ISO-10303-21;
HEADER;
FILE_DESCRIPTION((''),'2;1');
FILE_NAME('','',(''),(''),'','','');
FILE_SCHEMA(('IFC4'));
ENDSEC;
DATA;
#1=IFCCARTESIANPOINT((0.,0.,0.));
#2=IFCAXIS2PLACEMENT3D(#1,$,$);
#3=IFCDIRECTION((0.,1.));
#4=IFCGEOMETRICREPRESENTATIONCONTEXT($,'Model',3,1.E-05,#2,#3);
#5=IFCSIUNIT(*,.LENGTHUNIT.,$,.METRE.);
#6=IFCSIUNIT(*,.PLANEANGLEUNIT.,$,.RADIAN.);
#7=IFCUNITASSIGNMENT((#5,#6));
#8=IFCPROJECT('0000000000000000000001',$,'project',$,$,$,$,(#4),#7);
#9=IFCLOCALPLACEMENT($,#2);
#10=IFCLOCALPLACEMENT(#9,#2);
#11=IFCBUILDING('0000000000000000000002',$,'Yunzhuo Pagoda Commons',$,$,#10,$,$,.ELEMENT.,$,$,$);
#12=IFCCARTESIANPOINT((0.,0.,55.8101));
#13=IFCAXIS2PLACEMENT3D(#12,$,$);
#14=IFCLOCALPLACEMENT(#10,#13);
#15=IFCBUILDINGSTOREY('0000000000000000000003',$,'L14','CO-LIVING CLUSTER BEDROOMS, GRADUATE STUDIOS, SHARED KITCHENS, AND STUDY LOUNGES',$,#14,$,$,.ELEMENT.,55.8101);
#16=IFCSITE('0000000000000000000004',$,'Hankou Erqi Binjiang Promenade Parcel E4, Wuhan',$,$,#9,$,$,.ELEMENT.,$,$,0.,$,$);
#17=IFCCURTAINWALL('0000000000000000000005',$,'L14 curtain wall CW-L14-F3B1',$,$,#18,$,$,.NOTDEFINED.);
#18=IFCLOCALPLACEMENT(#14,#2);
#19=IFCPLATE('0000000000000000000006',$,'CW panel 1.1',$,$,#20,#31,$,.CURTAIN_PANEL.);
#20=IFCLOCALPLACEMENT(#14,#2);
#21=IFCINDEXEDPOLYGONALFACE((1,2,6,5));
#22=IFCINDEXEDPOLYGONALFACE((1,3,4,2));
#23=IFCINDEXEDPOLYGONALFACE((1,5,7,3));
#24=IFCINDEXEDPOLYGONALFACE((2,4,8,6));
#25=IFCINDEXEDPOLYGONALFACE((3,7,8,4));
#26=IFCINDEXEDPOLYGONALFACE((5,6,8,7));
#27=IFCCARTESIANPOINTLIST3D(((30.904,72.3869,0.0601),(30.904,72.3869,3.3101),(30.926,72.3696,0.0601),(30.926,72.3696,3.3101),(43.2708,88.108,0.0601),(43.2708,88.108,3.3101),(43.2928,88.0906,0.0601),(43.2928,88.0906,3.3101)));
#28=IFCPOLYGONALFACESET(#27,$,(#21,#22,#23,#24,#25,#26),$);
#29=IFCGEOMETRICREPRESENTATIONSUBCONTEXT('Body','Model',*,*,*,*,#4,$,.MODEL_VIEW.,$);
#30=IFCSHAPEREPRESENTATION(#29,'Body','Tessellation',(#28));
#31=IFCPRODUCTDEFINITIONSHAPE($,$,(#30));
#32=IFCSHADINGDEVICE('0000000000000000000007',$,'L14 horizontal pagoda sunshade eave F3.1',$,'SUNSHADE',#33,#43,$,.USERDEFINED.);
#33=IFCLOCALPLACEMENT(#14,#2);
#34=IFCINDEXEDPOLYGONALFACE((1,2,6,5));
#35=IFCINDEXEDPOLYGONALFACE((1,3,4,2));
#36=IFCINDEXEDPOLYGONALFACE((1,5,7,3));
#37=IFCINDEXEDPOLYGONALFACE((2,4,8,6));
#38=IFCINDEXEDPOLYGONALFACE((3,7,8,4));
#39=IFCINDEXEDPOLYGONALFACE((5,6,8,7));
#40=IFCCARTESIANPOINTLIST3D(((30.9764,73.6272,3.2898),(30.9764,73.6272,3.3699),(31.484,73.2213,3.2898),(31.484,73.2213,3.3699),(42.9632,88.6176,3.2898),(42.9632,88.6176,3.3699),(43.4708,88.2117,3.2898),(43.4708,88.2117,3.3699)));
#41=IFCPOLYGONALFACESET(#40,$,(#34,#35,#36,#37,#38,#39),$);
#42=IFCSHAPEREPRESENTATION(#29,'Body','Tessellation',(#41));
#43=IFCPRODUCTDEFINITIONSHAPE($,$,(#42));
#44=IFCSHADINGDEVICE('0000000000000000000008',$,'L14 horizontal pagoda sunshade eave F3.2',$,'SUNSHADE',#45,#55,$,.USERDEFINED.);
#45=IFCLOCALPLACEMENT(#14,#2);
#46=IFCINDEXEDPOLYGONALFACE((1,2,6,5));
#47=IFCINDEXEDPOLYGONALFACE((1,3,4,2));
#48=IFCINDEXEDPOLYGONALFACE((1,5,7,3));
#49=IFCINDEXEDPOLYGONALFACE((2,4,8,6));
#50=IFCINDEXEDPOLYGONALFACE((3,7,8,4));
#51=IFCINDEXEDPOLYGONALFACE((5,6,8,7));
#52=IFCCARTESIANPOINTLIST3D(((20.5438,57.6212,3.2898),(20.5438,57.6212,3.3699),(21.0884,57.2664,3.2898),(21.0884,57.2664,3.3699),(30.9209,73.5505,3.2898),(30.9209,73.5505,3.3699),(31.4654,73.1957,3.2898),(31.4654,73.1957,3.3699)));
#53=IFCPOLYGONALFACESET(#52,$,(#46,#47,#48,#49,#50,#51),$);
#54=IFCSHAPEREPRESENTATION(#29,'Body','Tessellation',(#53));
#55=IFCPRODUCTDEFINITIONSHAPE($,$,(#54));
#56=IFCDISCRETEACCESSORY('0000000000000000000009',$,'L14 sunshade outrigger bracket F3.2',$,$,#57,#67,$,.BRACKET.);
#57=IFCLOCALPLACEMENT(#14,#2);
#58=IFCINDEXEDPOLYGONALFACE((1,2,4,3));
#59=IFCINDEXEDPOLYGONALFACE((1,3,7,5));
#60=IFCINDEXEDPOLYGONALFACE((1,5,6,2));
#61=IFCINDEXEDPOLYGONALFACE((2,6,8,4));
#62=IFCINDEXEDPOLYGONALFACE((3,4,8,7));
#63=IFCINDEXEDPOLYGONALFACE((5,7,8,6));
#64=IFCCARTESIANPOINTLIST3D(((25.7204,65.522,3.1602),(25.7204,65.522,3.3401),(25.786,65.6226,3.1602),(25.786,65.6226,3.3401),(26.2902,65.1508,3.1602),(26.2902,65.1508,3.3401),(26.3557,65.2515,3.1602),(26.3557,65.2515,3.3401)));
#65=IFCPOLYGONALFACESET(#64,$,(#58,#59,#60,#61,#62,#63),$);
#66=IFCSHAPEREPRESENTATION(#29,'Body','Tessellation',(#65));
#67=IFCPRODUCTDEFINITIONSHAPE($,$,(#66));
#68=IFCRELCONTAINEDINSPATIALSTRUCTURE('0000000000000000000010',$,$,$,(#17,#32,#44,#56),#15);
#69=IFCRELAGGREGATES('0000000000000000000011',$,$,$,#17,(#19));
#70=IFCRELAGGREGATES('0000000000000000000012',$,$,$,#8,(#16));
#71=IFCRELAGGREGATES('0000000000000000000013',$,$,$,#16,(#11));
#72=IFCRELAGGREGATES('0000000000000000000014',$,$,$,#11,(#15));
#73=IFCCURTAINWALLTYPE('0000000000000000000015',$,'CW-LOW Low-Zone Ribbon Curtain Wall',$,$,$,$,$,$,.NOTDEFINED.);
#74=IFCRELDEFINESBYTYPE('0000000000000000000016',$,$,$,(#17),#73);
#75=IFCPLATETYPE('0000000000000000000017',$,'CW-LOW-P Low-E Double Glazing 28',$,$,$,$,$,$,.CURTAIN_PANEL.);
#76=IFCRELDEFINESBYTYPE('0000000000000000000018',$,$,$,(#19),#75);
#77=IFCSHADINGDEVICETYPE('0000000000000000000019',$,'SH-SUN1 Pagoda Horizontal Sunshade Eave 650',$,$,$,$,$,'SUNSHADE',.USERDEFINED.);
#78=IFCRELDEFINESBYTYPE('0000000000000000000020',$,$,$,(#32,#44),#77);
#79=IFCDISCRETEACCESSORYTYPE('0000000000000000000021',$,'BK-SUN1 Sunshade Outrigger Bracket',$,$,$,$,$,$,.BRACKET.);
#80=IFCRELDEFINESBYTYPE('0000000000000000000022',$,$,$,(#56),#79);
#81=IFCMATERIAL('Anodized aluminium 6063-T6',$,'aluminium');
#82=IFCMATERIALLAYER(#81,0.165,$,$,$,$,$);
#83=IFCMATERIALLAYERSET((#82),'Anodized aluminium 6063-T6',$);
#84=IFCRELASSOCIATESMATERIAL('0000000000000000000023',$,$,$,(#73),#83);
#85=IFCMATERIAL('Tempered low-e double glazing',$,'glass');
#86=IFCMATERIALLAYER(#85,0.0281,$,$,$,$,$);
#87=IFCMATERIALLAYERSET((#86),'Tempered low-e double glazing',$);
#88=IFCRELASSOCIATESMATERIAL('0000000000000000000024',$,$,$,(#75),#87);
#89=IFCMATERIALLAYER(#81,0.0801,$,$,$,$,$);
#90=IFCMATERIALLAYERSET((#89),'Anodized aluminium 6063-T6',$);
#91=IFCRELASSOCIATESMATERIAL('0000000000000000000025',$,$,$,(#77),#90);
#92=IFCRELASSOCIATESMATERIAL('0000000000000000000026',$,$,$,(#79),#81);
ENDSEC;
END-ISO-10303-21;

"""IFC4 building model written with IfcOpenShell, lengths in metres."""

from ifc_helpers import new_model, si_unit, direction, frame, origin, origin_2d, place, context, subcontext, project, spatial, rectangle, extrude, source, transform, mapped, material, layer, layer_set, type_object, element, aggregate, save


model = new_model("IFC4")

# Units and contexts
model_context = context("Model", 3, precision=1e-05, world=origin(), true_north=direction((0.0, 1.0)))
body_context = subcontext(model_context, "Body", "Model", "MODEL_VIEW")
ifc_project = project(units=[si_unit("LENGTHUNIT", "METRE"), si_unit("PLANEANGLEUNIT", "RADIAN")], contexts=[model_context])

# Site, building, storey
site_placement = place(None, origin())
site = spatial("IfcSite", under=ifc_project, at=site_placement, Name="Hankou Erqi Binjiang Promenade Parcel E4, Wuhan", CompositionType="ELEMENT", RefElevation=0.0)
building_placement = place(site_placement, origin())
building = spatial("IfcBuilding", under=site, at=building_placement, Name="Yunzhuo Pagoda Commons", CompositionType="ELEMENT")
storey_placement = place(building_placement, frame((0.0, 0.0, 55.8101)))
storey = spatial("IfcBuildingStorey", under=building, at=storey_placement, Name="L14", Description="CO-LIVING CLUSTER BEDROOMS, GRADUATE STUDIOS, SHARED KITCHENS, AND STUDY LOUNGES", CompositionType="ELEMENT", Elevation=55.8101)

# Shared definitions
ifc_material_1 = material(Name="Anodized aluminium 6063-T6", Category="aluminium")
ifc_layer_1 = layer(ifc_material_1, 0.165)
ifc_layer_set_1 = layer_set([ifc_layer_1], Name="Anodized aluminium 6063-T6")
curtain_wall_type = type_object("IfcCurtainWallType", Name="CW-LOW Low-Zone Ribbon Curtain Wall", PredefinedType="NOTDEFINED", material=ifc_layer_set_1)

# Curtain wall
curtain_wall_1_placement = place(storey_placement, origin())
curtain_wall_1 = element("IfcCurtainWall", 1, at=curtain_wall_1_placement, inside=storey, type_object=curtain_wall_type, Name="L14 curtain wall CW-L14-F3B1", PredefinedType="NOTDEFINED")

# Shared definitions
ifc_material_2 = material(Name="Tempered low-e double glazing", Category="glass")
ifc_layer_2 = layer(ifc_material_2, 0.0281)
ifc_layer_set_2 = layer_set([ifc_layer_2], Name="Tempered low-e double glazing")
plate_type_1 = type_object("IfcPlateType", Name="CW-LOW-P Low-E Double Glazing 28", PredefinedType="CURTAIN_PANEL", material=ifc_layer_set_2)

# Plate
shared_shape_1 = source(origin(), body_context, "Body", "SweptSolid", [
    extrude(rectangle(XDim=20.0022, YDim=0.0281, at=origin_2d()), origin(), (0.0, 0.0, 1.0), 3.25),
])
plate_1_placement = place(storey_placement, frame((37.0984, 80.2388, 0.0601), z_axis=(0.0, 0.0, 1.0), x_axis=(-0.618272, -0.785964, 0.0)))
plate_1 = element("IfcPlate", 2, at=plate_1_placement, type_object=plate_type_1, Name="CW panel 1.1", PredefinedType="CURTAIN_PANEL", context=body_context, shape_type="MappedRepresentation", body=[
    mapped(shared_shape_1, transform((0.0, 0.0, 0.0), scale=1.0)),
])
aggregate(curtain_wall_1, [plate_1])

# Shading devices
ifc_layer_3 = layer(ifc_material_1, 0.0801)
ifc_layer_set_3 = layer_set([ifc_layer_3], Name="Anodized aluminium 6063-T6")
shading_device_type = type_object("IfcShadingDeviceType", Name="SH-SUN1 Pagoda Horizontal Sunshade Eave 650", ElementType="SUNSHADE", PredefinedType="USERDEFINED", material=ifc_layer_set_3)
shared_shape_2 = source(origin(), body_context, "Body", "SweptSolid", [
    extrude(rectangle(XDim=19.1936, YDim=0.6499, at=origin_2d()), origin(), (0.0, 0.0, 1.0), 0.0801),
])
shading_device_1_placement = place(storey_placement, frame((37.2236, 80.9194, 3.2898), z_axis=(0.0, 0.0, 1.0), x_axis=(-0.62452, -0.781008, 0.0)))
element("IfcShadingDevice", 3, at=shading_device_1_placement, inside=storey, type_object=shading_device_type, Name="L14 horizontal pagoda sunshade eave F3.1", ObjectType="SUNSHADE", PredefinedType="USERDEFINED", context=body_context, shape_type="MappedRepresentation", body=[
    mapped(shared_shape_2, transform((0.0, 0.0, 0.0), scale=1.0)),
])
shared_shape_3 = source(origin(), body_context, "Body", "SweptSolid", [
    extrude(rectangle(XDim=19.0112, YDim=0.6499, at=origin_2d()), origin(), (0.0, 0.0, 1.0), 0.0801),
])
shading_device_2_placement = place(storey_placement, frame((26.0046, 65.4084, 3.2898), z_axis=(0.0, 0.0, 1.0), x_axis=(-0.545839, -0.83789, 0.0)))
element("IfcShadingDevice", 4, at=shading_device_2_placement, inside=storey, type_object=shading_device_type, Name="L14 horizontal pagoda sunshade eave F3.2", ObjectType="SUNSHADE", PredefinedType="USERDEFINED", context=body_context, shape_type="MappedRepresentation", body=[
    mapped(shared_shape_3, transform((0.0, 0.0, 0.0), scale=1.0)),
])

# Discrete accessory
discrete_accessory_type = type_object("IfcDiscreteAccessoryType", Name="BK-SUN1 Sunshade Outrigger Bracket", PredefinedType="BRACKET", material=ifc_material_1)
shared_shape_4 = source(origin(), body_context, "Body", "SweptSolid", [
    extrude(rectangle(XDim=0.1201, YDim=0.6799, at=origin_2d()), origin(), (0.0, 0.0, 1.0), 0.1799),
])
discrete_accessory_placement = place(storey_placement, frame((26.0381, 65.3867, 3.1602), z_axis=(0.0, 0.0, 1.0), x_axis=(-0.545839, -0.83789, 0.0)))
element("IfcDiscreteAccessory", 5, at=discrete_accessory_placement, inside=storey, type_object=discrete_accessory_type, Name="L14 sunshade outrigger bracket F3.2", PredefinedType="BRACKET", context=body_context, shape_type="MappedRepresentation", body=[
    mapped(shared_shape_4, transform((0.0, 0.0, 0.0), scale=1.0)),
])

save(model, "model.ifc")
